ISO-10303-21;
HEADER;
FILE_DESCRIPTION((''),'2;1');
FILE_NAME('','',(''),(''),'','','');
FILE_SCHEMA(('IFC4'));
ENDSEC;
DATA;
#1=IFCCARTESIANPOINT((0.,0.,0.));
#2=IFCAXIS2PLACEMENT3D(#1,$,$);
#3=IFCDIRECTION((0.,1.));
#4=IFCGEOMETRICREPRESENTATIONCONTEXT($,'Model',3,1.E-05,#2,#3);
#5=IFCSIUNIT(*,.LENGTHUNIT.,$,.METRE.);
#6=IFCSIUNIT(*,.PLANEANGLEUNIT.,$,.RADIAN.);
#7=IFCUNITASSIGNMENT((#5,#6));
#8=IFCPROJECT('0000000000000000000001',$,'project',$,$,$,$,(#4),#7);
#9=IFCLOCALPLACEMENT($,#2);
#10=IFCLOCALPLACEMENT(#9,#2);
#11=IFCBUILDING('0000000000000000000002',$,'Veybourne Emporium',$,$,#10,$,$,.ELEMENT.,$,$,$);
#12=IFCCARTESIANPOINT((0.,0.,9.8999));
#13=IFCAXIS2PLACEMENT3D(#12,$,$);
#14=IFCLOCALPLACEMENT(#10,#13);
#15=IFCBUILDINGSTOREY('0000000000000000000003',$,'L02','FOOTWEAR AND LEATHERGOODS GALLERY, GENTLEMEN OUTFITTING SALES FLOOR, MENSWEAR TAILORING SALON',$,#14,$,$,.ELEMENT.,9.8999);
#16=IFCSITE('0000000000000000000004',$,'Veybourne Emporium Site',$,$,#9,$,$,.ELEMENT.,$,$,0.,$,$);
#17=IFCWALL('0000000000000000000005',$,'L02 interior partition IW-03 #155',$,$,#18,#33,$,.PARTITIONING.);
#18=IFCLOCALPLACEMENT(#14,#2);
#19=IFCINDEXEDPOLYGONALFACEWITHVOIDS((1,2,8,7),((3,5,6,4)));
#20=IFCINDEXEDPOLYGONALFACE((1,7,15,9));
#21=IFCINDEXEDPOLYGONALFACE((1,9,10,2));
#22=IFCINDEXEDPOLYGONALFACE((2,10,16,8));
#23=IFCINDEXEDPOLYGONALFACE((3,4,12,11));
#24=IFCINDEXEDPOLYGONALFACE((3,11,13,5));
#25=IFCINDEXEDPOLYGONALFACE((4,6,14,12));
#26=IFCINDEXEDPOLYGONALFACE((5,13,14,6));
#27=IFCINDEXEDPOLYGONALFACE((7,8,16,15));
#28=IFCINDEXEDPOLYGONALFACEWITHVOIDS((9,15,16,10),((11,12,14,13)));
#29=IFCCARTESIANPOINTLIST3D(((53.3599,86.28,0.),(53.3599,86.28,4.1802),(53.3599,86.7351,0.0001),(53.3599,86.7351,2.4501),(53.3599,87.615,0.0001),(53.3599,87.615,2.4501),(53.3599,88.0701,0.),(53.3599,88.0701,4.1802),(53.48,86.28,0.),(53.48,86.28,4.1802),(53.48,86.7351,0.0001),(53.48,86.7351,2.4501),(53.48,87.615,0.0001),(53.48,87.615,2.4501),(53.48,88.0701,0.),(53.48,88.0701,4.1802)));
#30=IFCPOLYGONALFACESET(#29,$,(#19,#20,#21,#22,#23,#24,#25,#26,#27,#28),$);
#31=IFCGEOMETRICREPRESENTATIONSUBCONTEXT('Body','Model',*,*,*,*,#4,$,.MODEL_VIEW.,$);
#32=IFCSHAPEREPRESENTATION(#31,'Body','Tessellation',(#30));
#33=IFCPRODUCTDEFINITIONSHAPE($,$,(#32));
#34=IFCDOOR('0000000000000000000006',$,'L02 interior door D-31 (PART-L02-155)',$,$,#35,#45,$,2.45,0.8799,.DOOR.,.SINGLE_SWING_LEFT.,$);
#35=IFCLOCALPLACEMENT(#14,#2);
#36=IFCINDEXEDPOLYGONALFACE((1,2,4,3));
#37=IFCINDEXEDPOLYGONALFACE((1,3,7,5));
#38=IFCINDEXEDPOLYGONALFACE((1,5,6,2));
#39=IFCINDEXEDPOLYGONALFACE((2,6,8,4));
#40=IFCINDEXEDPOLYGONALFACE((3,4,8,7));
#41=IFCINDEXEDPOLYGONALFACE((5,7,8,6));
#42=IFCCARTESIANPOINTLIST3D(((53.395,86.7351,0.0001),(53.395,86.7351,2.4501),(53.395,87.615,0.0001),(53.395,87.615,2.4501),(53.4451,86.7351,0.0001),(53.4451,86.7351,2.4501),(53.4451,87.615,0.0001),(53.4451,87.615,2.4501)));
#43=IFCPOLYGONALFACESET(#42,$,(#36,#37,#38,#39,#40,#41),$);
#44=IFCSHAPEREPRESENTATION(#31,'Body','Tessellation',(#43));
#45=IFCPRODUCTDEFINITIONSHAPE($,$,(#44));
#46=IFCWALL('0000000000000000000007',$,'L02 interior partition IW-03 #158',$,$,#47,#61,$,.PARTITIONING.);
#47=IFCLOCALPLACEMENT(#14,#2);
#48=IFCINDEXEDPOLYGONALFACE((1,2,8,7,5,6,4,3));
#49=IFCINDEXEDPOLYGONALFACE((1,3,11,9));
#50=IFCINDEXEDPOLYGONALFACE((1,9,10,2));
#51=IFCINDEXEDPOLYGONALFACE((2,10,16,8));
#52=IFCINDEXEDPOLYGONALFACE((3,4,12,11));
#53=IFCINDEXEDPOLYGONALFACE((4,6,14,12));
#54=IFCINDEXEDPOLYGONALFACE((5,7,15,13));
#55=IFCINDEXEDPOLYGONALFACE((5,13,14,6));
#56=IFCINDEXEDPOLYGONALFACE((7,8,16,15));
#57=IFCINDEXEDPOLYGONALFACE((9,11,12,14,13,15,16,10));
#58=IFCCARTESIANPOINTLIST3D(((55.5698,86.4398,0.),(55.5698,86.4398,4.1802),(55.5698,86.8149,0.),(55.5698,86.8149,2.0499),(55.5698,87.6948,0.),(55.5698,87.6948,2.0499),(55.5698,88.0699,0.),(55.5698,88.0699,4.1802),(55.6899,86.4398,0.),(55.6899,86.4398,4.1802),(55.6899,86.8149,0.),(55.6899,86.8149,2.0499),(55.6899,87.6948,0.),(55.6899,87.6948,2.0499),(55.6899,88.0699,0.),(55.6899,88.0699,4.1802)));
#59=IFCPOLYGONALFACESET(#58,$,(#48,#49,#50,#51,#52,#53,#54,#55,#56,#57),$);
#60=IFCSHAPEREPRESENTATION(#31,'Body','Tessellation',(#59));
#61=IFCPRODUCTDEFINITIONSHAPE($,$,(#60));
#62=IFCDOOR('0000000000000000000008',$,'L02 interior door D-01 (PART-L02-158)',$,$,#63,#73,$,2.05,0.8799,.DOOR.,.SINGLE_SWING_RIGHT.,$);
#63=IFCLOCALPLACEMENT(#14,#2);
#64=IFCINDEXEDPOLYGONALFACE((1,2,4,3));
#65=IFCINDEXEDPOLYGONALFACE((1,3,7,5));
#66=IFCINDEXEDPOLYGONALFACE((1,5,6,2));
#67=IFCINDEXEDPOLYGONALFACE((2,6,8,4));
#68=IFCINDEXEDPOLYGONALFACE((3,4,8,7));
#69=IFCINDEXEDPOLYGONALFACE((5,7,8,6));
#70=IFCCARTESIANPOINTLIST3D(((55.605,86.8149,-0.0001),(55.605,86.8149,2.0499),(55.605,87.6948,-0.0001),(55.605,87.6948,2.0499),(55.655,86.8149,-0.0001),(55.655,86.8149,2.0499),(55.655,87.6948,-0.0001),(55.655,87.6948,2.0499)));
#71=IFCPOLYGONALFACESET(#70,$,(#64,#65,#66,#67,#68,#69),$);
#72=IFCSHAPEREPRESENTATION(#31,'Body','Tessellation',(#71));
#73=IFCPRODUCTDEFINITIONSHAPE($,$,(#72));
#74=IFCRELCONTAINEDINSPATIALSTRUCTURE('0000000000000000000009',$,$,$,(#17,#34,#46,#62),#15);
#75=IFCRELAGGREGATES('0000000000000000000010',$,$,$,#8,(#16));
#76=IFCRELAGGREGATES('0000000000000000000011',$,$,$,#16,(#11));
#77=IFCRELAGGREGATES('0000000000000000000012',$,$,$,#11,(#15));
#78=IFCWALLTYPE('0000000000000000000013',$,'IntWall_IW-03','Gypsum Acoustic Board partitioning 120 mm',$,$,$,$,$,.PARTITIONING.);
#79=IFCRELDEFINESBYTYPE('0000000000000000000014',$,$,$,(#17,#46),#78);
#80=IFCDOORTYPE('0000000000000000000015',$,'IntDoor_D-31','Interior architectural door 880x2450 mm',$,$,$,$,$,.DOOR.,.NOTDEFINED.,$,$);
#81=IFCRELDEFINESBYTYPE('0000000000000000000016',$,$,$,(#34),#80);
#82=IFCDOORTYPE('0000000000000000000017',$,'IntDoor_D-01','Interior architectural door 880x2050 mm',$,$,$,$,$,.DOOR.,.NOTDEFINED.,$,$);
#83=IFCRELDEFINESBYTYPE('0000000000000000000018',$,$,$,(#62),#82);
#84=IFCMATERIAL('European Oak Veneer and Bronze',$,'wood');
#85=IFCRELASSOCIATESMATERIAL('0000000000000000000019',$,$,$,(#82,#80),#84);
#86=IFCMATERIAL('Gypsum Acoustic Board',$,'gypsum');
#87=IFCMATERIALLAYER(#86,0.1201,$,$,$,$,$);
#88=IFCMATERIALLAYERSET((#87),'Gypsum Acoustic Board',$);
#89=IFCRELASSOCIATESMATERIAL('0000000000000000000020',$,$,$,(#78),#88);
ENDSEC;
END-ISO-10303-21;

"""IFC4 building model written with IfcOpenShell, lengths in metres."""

from ifc_helpers import new_model, si_unit, direction, frame, frame_2d, origin, place, context, subcontext, project, spatial, rectangle, extrude, material, layer, layer_set, type_object, element, fill, save


model = new_model("IFC4")

# Units and contexts
model_context = context("Model", 3, precision=1e-05, world=origin(), true_north=direction((0.0, 1.0)))
body_context = subcontext(model_context, "Body", "Model", "MODEL_VIEW")
ifc_project = project(units=[si_unit("LENGTHUNIT", "METRE"), si_unit("PLANEANGLEUNIT", "RADIAN")], contexts=[model_context])

# Site, building, storey
site_placement = place(None, origin())
site = spatial("IfcSite", under=ifc_project, at=site_placement, Name="Veybourne Emporium Site", CompositionType="ELEMENT", RefElevation=0.0)
building_placement = place(site_placement, origin())
building = spatial("IfcBuilding", under=site, at=building_placement, Name="Veybourne Emporium", CompositionType="ELEMENT")
storey_placement = place(building_placement, frame((0.0, 0.0, 9.8999)))
storey = spatial("IfcBuildingStorey", under=building, at=storey_placement, Name="L02", Description="FOOTWEAR AND LEATHERGOODS GALLERY, GENTLEMEN OUTFITTING SALES FLOOR, MENSWEAR TAILORING SALON", CompositionType="ELEMENT", Elevation=9.8999)

# Shared definitions
ifc_material_1 = material(Name="Gypsum Acoustic Board", Category="gypsum")
ifc_material_2 = material(Name="European Oak Veneer and Bronze", Category="wood")

# Walls, openings, doors
door_type_1 = type_object("IfcDoorType", Name="IntDoor_D-01", Description="Interior architectural door 880x2050 mm", OperationType="NOTDEFINED", PredefinedType="DOOR", material=ifc_material_2)
ifc_layer_1 = layer(ifc_material_1, 0.1201)
ifc_layer_set_1 = layer_set([ifc_layer_1], Name="Gypsum Acoustic Board")
wall_type_1 = type_object("IfcWallType", Name="IntWall_IW-03", Description="Gypsum Acoustic Board partitioning 120 mm", PredefinedType="PARTITIONING", material=ifc_layer_set_1)
wall_1_placement = place(storey_placement, frame((53.4199, 86.28, 0.0), z_axis=(0.0, 0.0, 1.0), x_axis=(0.0, 1.0, 0.0)))
wall_1 = element("IfcWall", 1, at=wall_1_placement, inside=storey, type_object=wall_type_1, Name="L02 interior partition IW-03 #155", PredefinedType="PARTITIONING", context=body_context, shape_type="SweptSolid", body=[
    extrude(rectangle(XDim=1.79, YDim=0.1201, at=frame_2d((0.895, 0.0))), origin(), (0.0, 0.0, 1.0), 4.1802),
])
opening_1_placement = place(wall_1_placement, frame((0.4551, 0.0, 0.0)))
opening_1 = element("IfcOpeningElement", 2, at=opening_1_placement, cuts=wall_1, PredefinedType="OPENING", context=body_context, shape_type="SweptSolid", body=[
    extrude(rectangle(XDim=0.8799, YDim=2.45, at=frame_2d((0.4399, 1.2251))), frame((0.0, 0.0801, 0.0), z_axis=(0.0, -1.0, 0.0), x_axis=(1.0, 0.0, 0.0)), (0.0, 0.0, 1.0), 0.1602),
])
door_type_2 = type_object("IfcDoorType", Name="IntDoor_D-31", Description="Interior architectural door 880x2450 mm", OperationType="NOTDEFINED", PredefinedType="DOOR", material=ifc_material_2)
door_1_placement = place(opening_1_placement, origin())
door_1 = element("IfcDoor", 3, at=door_1_placement, inside=storey, type_object=door_type_2, Name="L02 interior door D-31 (PART-L02-155)", OperationType="SINGLE_SWING_LEFT", OverallHeight=2.45, OverallWidth=0.8799, PredefinedType="DOOR", context=body_context, shape_type="SweptSolid", body=[
    extrude(rectangle(XDim=0.8799, YDim=2.45, at=frame_2d((0.4399, 1.2251))), frame((0.0, 0.0249, 0.0), z_axis=(0.0, -1.0, 0.0), x_axis=(1.0, 0.0, 0.0)), (0.0, 0.0, 1.0), 0.05),
])
fill(opening_1, door_1)
wall_2_placement = place(storey_placement, frame((55.6299, 86.4399, 0.0), z_axis=(0.0, 0.0, 1.0), x_axis=(0.0, 1.0, 0.0)))
wall_2 = element("IfcWall", 4, at=wall_2_placement, inside=storey, type_object=wall_type_1, Name="L02 interior partition IW-03 #158", PredefinedType="PARTITIONING", context=body_context, shape_type="SweptSolid", body=[
    extrude(rectangle(XDim=1.6301, YDim=0.1201, at=frame_2d((0.8149, 0.0))), origin(), (0.0, 0.0, 1.0), 4.1802),
])
opening_2_placement = place(wall_2_placement, frame((0.375, 0.0, 0.0)))
opening_2 = element("IfcOpeningElement", 5, at=opening_2_placement, cuts=wall_2, PredefinedType="OPENING", context=body_context, shape_type="SweptSolid", body=[
    extrude(rectangle(XDim=0.8799, YDim=2.05, at=frame_2d((0.4399, 1.0249))), frame((0.0, 0.0801, 0.0), z_axis=(0.0, -1.0, 0.0), x_axis=(1.0, 0.0, 0.0)), (0.0, 0.0, 1.0), 0.1602),
])
door_2_placement = place(opening_2_placement, origin())
door_2 = element("IfcDoor", 6, at=door_2_placement, inside=storey, type_object=door_type_1, Name="L02 interior door D-01 (PART-L02-158)", OperationType="SINGLE_SWING_RIGHT", OverallHeight=2.05, OverallWidth=0.8799, PredefinedType="DOOR", context=body_context, shape_type="SweptSolid", body=[
    extrude(rectangle(XDim=0.8799, YDim=2.05, at=frame_2d((0.4399, 1.0249))), frame((0.0, 0.0249, 0.0), z_axis=(0.0, -1.0, 0.0), x_axis=(1.0, 0.0, 0.0)), (0.0, 0.0, 1.0), 0.05),
])
fill(opening_2, door_2)

save(model, "model.ifc")
